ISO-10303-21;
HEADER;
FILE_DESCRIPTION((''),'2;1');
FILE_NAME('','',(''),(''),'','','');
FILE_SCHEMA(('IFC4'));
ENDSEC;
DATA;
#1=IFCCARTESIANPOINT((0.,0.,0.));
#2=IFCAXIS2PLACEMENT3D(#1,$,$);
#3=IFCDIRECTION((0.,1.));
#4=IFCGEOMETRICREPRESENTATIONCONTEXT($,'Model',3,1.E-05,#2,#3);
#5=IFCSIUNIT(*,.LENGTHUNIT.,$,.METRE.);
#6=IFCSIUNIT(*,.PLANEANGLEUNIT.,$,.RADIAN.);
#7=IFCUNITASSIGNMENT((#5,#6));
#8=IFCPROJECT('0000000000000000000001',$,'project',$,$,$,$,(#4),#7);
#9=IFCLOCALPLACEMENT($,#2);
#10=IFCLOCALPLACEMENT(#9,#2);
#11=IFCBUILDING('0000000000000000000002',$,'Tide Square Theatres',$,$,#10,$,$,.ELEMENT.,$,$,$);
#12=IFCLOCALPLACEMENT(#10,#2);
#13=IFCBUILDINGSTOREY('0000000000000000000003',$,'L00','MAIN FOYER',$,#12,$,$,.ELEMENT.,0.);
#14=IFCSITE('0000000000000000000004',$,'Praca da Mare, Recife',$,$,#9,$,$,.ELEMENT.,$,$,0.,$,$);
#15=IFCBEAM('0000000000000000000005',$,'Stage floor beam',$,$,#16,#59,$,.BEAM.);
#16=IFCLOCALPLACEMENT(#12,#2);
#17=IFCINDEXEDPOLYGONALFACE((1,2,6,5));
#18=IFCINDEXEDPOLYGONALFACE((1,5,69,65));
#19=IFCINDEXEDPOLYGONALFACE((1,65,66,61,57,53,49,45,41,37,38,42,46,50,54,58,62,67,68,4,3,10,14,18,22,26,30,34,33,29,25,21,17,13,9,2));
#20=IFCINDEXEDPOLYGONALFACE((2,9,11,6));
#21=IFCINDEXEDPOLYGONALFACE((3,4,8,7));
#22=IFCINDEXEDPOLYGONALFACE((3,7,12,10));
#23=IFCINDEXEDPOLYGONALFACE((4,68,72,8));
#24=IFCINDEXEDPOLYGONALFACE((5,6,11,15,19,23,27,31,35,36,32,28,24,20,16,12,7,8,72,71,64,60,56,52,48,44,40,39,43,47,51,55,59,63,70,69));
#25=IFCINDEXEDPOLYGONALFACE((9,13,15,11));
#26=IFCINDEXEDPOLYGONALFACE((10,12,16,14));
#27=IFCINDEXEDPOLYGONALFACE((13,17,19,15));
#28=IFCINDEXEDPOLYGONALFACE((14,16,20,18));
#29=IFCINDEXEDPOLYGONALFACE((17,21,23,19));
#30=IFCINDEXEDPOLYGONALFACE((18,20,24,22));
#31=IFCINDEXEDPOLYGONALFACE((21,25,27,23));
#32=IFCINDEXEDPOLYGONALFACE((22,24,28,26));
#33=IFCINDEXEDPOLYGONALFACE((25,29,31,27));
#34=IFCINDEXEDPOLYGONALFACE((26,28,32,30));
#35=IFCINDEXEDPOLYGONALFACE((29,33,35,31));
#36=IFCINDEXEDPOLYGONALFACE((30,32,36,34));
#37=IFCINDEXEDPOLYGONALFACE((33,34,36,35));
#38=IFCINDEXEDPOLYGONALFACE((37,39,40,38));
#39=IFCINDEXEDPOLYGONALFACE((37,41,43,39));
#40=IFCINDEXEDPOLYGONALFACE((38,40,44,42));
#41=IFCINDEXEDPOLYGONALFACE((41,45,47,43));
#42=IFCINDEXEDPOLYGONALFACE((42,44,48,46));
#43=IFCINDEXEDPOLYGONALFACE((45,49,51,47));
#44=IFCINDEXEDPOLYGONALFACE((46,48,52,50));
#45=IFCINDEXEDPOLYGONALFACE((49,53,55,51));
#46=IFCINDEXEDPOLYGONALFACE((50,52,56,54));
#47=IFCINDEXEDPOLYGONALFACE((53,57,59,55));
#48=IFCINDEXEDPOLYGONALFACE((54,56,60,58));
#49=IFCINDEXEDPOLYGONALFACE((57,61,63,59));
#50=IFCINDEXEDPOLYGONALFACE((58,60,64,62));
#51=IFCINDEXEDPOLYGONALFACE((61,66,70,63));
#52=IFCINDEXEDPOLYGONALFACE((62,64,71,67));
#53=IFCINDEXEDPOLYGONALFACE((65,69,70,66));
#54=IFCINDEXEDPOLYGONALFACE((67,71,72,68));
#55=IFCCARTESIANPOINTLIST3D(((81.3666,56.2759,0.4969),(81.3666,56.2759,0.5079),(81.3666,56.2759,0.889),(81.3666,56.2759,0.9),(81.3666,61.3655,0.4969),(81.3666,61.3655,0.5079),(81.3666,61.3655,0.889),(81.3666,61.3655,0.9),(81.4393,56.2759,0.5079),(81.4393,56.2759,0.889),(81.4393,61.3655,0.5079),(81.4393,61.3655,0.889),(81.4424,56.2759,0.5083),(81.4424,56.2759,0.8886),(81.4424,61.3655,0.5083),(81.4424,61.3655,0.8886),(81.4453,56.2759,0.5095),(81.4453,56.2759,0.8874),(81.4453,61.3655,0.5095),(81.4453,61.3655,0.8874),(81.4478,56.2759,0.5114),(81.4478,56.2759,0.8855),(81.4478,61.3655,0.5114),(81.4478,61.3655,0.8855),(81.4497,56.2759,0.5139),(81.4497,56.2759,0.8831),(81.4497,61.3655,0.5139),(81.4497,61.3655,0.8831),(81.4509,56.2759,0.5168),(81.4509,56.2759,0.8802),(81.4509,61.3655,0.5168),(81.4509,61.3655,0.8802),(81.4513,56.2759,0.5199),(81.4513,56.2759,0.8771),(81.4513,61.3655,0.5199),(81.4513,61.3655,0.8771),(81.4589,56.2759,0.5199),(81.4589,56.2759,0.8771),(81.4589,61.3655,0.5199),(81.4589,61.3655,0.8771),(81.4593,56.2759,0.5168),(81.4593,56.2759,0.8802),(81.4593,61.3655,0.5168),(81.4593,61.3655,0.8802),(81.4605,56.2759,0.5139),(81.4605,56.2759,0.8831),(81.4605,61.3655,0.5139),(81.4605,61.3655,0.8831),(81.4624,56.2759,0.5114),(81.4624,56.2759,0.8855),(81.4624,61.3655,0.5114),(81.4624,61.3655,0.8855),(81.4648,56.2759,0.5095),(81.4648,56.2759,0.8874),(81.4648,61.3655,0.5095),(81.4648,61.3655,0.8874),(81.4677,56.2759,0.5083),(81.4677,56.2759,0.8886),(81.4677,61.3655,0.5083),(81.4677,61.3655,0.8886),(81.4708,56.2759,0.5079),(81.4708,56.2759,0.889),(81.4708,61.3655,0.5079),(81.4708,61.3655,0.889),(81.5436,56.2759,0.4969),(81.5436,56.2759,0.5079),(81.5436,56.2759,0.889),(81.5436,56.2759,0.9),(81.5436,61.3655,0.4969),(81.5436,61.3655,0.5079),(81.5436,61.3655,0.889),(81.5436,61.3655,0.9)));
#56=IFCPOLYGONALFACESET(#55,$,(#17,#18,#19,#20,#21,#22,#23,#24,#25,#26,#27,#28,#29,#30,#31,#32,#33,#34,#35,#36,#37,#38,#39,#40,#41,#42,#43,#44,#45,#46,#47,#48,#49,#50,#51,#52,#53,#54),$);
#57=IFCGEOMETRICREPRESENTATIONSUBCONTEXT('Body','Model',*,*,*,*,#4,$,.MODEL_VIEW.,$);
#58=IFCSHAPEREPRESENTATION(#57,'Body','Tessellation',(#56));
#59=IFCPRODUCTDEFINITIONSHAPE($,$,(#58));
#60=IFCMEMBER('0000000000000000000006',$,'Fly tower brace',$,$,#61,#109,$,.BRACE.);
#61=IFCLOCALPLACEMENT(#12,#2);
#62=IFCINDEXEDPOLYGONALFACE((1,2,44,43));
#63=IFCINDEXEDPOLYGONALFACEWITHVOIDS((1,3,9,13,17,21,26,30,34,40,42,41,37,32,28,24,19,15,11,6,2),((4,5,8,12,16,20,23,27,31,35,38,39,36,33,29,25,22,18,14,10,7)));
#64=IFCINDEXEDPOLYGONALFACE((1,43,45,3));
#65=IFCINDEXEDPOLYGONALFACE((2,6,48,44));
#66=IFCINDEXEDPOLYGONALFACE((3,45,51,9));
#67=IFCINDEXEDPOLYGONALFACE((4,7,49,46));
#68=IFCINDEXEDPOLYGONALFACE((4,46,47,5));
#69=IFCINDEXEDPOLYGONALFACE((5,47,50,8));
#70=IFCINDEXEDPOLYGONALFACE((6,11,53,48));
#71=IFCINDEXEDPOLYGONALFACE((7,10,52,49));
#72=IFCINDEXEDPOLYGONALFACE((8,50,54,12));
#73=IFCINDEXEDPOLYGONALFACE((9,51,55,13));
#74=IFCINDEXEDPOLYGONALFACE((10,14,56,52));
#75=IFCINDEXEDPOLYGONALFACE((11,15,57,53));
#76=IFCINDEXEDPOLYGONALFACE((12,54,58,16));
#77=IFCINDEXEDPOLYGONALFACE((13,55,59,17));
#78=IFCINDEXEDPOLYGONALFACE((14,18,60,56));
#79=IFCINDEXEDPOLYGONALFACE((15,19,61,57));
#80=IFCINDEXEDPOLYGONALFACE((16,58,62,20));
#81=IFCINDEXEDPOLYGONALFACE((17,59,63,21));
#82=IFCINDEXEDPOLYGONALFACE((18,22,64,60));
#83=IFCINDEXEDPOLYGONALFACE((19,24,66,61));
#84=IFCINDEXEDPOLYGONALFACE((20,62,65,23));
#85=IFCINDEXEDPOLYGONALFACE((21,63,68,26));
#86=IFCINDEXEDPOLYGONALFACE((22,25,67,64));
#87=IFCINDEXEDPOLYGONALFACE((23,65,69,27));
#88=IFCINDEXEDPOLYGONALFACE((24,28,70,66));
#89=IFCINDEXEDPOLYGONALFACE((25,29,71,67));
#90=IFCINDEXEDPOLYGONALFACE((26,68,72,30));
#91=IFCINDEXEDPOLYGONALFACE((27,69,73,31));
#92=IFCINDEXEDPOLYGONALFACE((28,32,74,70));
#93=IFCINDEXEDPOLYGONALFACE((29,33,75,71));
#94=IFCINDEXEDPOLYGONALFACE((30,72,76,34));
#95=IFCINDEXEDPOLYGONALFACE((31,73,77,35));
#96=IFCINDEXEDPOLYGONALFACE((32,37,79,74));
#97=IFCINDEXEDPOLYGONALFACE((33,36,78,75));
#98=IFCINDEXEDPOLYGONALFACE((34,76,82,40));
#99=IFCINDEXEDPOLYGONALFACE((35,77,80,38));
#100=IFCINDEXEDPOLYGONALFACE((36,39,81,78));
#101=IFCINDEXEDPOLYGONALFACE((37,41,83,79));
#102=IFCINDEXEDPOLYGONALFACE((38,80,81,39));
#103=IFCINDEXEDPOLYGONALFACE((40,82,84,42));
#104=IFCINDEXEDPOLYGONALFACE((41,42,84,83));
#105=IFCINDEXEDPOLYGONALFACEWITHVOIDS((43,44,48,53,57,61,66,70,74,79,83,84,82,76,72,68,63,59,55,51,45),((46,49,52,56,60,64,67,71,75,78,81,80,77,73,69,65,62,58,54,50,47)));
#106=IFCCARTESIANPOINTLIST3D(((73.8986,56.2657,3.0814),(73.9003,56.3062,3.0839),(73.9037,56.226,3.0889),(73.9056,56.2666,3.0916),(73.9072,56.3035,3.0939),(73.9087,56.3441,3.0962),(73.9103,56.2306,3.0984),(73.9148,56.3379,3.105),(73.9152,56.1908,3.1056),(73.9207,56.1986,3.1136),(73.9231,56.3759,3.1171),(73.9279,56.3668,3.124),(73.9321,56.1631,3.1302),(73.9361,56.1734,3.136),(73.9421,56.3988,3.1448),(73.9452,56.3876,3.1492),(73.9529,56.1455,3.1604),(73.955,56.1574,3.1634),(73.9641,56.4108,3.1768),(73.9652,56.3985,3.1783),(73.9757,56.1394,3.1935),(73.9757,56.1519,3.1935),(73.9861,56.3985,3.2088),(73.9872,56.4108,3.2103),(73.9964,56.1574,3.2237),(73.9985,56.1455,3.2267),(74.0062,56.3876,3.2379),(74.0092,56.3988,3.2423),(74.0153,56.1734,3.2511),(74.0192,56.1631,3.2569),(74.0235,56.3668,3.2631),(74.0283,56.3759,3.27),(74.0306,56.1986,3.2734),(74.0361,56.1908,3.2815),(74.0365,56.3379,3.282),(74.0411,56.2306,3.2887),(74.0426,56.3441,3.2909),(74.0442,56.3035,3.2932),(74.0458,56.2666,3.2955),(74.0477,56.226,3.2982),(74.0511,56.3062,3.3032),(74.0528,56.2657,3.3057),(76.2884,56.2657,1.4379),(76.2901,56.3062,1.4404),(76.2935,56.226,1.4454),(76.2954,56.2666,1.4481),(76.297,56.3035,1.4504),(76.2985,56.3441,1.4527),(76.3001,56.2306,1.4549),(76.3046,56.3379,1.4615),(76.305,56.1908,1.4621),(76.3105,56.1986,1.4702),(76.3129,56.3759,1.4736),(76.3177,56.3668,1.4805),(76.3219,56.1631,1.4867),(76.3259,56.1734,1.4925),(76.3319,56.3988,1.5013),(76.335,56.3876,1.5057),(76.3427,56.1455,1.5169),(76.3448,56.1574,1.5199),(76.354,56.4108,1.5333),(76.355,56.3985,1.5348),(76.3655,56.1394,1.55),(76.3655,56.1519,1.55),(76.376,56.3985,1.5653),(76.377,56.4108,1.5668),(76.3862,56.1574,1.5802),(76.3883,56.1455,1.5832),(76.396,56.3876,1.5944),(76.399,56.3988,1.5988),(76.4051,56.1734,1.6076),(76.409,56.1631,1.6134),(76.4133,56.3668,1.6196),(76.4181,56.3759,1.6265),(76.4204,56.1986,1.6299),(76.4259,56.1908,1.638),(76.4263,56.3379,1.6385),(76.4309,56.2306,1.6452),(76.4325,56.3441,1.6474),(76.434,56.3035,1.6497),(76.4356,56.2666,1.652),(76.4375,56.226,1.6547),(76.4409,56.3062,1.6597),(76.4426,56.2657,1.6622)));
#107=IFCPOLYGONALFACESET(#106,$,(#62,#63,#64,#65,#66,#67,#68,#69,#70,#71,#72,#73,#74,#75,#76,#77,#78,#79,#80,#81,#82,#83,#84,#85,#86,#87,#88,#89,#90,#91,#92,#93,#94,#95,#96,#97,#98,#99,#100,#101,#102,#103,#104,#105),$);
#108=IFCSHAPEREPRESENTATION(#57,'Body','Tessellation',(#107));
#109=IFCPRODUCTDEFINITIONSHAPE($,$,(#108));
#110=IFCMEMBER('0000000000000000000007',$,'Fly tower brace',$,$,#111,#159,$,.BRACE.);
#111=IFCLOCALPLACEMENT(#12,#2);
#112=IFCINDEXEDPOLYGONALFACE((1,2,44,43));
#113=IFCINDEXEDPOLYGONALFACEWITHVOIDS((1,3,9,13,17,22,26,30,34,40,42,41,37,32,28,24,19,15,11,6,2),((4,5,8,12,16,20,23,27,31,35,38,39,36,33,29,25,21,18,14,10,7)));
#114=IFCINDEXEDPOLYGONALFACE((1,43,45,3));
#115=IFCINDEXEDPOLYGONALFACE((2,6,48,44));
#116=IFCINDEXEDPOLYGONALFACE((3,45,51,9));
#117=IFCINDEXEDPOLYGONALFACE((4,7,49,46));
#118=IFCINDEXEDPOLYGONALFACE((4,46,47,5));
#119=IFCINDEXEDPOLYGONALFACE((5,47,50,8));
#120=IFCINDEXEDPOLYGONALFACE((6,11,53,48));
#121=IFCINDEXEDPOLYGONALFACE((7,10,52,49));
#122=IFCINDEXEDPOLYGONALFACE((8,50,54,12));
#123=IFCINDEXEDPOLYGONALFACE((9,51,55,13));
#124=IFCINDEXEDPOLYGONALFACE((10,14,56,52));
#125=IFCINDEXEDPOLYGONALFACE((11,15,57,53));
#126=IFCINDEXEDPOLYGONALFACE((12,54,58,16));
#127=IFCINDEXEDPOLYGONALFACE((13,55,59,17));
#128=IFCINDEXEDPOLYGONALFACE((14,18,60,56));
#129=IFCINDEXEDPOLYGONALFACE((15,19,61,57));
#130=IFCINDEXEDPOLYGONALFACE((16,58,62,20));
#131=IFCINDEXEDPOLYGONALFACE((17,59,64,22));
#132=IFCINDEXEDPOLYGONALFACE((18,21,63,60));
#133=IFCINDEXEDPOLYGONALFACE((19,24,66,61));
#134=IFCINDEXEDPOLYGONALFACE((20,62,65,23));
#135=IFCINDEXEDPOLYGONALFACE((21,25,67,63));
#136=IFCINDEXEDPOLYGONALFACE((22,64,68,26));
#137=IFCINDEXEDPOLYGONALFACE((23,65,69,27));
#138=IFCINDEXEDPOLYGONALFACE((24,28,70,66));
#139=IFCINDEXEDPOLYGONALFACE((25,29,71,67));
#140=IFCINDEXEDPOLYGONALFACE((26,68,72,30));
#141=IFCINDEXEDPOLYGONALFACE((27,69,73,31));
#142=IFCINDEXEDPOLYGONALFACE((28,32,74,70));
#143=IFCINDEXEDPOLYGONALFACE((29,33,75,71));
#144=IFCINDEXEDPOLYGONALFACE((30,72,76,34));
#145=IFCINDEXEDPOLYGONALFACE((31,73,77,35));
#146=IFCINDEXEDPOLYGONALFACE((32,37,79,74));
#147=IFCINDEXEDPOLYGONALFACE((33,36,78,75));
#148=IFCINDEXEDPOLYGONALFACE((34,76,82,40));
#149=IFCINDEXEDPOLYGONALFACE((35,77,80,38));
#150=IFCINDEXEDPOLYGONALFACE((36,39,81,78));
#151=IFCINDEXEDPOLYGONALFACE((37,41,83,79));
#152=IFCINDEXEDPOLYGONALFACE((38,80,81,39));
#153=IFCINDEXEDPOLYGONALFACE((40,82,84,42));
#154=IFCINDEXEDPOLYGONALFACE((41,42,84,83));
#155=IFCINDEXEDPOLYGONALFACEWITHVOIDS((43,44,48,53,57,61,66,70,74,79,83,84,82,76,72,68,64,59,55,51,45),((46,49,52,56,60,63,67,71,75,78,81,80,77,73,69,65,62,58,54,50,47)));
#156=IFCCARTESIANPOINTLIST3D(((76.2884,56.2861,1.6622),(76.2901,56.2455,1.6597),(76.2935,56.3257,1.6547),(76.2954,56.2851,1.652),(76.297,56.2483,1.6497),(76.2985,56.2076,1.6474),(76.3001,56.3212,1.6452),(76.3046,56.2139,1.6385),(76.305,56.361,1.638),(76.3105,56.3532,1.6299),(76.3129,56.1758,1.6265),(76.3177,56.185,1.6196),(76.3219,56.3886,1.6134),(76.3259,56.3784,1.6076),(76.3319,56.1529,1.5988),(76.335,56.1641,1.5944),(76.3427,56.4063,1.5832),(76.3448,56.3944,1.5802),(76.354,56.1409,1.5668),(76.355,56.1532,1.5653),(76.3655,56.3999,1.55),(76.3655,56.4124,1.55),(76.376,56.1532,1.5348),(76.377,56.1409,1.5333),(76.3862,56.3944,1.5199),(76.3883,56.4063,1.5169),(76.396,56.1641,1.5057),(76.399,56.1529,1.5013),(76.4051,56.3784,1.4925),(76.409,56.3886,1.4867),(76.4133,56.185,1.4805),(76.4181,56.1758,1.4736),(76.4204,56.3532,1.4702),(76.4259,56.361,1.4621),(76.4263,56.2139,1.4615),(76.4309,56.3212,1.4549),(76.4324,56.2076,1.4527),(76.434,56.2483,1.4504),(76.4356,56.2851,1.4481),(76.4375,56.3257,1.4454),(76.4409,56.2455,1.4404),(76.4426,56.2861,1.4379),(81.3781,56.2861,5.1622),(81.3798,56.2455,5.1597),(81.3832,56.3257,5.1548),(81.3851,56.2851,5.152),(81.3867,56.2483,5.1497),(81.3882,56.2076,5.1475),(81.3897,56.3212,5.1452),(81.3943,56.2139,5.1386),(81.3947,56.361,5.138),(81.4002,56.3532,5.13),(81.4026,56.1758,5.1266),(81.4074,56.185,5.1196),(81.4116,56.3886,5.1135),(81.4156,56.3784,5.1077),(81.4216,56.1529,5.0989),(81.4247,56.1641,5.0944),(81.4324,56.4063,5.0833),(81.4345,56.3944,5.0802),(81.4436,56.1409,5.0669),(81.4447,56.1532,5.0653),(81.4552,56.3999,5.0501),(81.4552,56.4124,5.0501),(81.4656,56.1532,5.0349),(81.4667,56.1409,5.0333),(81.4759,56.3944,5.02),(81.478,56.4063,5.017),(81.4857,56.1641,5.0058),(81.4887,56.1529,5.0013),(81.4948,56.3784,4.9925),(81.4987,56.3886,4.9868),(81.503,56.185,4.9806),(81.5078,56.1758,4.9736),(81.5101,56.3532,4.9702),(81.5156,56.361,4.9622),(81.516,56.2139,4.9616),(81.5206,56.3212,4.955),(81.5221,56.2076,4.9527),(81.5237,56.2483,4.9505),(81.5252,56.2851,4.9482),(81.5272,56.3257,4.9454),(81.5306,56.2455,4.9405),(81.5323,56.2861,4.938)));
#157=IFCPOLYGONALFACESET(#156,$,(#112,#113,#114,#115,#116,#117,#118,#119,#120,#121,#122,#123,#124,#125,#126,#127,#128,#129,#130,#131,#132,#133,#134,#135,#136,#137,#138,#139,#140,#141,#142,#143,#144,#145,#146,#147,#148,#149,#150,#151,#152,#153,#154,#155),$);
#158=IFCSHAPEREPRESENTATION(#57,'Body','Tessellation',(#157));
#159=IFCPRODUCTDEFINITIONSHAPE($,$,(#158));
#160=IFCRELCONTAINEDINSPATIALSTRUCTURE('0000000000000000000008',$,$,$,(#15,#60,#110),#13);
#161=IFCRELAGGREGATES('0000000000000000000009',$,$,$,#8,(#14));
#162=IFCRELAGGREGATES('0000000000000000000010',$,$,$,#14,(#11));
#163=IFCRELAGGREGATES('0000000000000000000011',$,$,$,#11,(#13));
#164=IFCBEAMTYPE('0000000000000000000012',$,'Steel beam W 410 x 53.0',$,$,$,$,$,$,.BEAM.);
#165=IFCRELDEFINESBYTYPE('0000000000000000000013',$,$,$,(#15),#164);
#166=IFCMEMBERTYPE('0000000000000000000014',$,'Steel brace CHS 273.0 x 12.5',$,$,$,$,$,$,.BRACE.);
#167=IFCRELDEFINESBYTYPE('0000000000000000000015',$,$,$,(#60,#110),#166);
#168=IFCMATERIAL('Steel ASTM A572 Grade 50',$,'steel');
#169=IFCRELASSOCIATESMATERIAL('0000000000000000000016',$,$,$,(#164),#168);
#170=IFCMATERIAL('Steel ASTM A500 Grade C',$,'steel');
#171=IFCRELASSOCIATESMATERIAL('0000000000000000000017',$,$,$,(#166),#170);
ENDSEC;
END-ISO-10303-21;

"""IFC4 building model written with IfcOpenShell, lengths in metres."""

from ifc_helpers import new_model, si_unit, direction, frame, origin, origin_2d, place, context, subcontext, project, spatial, hollow_circle, i_section, extrude, material, material_profile, profile_set, type_object, element, save


model = new_model("IFC4")

# Units and contexts
model_context = context("Model", 3, precision=1e-05, world=origin(), true_north=direction((0.0, 1.0)))
body_context = subcontext(model_context, "Body", "Model", "MODEL_VIEW")
ifc_project = project(units=[si_unit("LENGTHUNIT", "METRE"), si_unit("PLANEANGLEUNIT", "RADIAN")], contexts=[model_context])

# Site, building, storey
site_placement = place(None, origin())
site = spatial("IfcSite", under=ifc_project, at=site_placement, Name="Praca da Mare, Recife", CompositionType="ELEMENT", RefElevation=0.0)
building_placement = place(site_placement, origin())
building = spatial("IfcBuilding", under=site, at=building_placement, Name="Tide Square Theatres", CompositionType="ELEMENT")
storey_placement = place(building_placement, origin())
storey = spatial("IfcBuildingStorey", under=building, at=storey_placement, Name="L00", Description="MAIN FOYER", CompositionType="ELEMENT", Elevation=0.0)

# Beam
ifc_material_1 = material(Name="Steel ASTM A572 Grade 50", Category="steel")
ifc_material_profile_1 = material_profile(ifc_material_1, i_section(OverallWidth=0.177, OverallDepth=0.4031, WebThickness=0.0076, FlangeThickness=0.011, FilletRadius=0.012, at=origin_2d()))
ifc_profile_set_1 = profile_set([ifc_material_profile_1], Name="Steel ASTM A572 Grade 50")
beam_type = type_object("IfcBeamType", Name="Steel beam W 410 x 53.0", PredefinedType="BEAM", material=ifc_profile_set_1)
for number, where, z_axis, x_axis, name in (
    (1, (81.4551, 56.2759, 0.6985), (0.0, 1.0, 0.0), (-1.0, 0.0, 0.0), "Stage floor beam"),
):
    element("IfcBeam", number, at=place(storey_placement, frame(where, z_axis=z_axis, x_axis=x_axis)), inside=storey, type_object=beam_type, Name=name, PredefinedType="BEAM", context=body_context, shape_type="SweptSolid", body=[
        extrude(i_section(OverallWidth=0.177, OverallDepth=0.4031, WebThickness=0.0076, FlangeThickness=0.011, FilletRadius=0.012, at=origin_2d()), origin(), (0.0, 0.0, 1.0), 5.0896),
    ])

# Members
ifc_material_2 = material(Name="Steel ASTM A500 Grade C", Category="steel")
ifc_material_profile_2 = material_profile(ifc_material_2, hollow_circle(Radius=0.1365, WallThickness=0.0125, at=origin_2d()))
ifc_profile_set_2 = profile_set([ifc_material_profile_2], Name="Steel ASTM A500 Grade C")
member_type = type_object("IfcMemberType", Name="Steel brace CHS 273.0 x 12.5", PredefinedType="BRACE", material=ifc_profile_set_2)
member_1_placement = place(storey_placement, frame((76.3655, 56.2759, 1.55), z_axis=(-0.823961, 0.0, 0.566647), x_axis=(0.0, -1.0, 0.0)))
element("IfcMember", 2, at=member_1_placement, inside=storey, type_object=member_type, Name="Fly tower brace", PredefinedType="BRACE", context=body_context, shape_type="SweptSolid", body=[
    extrude(hollow_circle(Radius=0.1365, WallThickness=0.0125, at=origin_2d()), origin(), (0.0, 0.0, 1.0), 2.9004),
])
member_2_placement = place(storey_placement, frame((76.3655, 56.2759, 1.55), z_axis=(0.823974, 0.0, 0.566628), x_axis=(0.0, 1.0, 0.0)))
element("IfcMember", 3, at=member_2_placement, inside=storey, type_object=member_type, Name="Fly tower brace", PredefinedType="BRACE", context=body_context, shape_type="SweptSolid", body=[
    extrude(hollow_circle(Radius=0.1365, WallThickness=0.0125, at=origin_2d()), origin(), (0.0, 0.0, 1.0), 6.177),
])

save(model, "model.ifc")
